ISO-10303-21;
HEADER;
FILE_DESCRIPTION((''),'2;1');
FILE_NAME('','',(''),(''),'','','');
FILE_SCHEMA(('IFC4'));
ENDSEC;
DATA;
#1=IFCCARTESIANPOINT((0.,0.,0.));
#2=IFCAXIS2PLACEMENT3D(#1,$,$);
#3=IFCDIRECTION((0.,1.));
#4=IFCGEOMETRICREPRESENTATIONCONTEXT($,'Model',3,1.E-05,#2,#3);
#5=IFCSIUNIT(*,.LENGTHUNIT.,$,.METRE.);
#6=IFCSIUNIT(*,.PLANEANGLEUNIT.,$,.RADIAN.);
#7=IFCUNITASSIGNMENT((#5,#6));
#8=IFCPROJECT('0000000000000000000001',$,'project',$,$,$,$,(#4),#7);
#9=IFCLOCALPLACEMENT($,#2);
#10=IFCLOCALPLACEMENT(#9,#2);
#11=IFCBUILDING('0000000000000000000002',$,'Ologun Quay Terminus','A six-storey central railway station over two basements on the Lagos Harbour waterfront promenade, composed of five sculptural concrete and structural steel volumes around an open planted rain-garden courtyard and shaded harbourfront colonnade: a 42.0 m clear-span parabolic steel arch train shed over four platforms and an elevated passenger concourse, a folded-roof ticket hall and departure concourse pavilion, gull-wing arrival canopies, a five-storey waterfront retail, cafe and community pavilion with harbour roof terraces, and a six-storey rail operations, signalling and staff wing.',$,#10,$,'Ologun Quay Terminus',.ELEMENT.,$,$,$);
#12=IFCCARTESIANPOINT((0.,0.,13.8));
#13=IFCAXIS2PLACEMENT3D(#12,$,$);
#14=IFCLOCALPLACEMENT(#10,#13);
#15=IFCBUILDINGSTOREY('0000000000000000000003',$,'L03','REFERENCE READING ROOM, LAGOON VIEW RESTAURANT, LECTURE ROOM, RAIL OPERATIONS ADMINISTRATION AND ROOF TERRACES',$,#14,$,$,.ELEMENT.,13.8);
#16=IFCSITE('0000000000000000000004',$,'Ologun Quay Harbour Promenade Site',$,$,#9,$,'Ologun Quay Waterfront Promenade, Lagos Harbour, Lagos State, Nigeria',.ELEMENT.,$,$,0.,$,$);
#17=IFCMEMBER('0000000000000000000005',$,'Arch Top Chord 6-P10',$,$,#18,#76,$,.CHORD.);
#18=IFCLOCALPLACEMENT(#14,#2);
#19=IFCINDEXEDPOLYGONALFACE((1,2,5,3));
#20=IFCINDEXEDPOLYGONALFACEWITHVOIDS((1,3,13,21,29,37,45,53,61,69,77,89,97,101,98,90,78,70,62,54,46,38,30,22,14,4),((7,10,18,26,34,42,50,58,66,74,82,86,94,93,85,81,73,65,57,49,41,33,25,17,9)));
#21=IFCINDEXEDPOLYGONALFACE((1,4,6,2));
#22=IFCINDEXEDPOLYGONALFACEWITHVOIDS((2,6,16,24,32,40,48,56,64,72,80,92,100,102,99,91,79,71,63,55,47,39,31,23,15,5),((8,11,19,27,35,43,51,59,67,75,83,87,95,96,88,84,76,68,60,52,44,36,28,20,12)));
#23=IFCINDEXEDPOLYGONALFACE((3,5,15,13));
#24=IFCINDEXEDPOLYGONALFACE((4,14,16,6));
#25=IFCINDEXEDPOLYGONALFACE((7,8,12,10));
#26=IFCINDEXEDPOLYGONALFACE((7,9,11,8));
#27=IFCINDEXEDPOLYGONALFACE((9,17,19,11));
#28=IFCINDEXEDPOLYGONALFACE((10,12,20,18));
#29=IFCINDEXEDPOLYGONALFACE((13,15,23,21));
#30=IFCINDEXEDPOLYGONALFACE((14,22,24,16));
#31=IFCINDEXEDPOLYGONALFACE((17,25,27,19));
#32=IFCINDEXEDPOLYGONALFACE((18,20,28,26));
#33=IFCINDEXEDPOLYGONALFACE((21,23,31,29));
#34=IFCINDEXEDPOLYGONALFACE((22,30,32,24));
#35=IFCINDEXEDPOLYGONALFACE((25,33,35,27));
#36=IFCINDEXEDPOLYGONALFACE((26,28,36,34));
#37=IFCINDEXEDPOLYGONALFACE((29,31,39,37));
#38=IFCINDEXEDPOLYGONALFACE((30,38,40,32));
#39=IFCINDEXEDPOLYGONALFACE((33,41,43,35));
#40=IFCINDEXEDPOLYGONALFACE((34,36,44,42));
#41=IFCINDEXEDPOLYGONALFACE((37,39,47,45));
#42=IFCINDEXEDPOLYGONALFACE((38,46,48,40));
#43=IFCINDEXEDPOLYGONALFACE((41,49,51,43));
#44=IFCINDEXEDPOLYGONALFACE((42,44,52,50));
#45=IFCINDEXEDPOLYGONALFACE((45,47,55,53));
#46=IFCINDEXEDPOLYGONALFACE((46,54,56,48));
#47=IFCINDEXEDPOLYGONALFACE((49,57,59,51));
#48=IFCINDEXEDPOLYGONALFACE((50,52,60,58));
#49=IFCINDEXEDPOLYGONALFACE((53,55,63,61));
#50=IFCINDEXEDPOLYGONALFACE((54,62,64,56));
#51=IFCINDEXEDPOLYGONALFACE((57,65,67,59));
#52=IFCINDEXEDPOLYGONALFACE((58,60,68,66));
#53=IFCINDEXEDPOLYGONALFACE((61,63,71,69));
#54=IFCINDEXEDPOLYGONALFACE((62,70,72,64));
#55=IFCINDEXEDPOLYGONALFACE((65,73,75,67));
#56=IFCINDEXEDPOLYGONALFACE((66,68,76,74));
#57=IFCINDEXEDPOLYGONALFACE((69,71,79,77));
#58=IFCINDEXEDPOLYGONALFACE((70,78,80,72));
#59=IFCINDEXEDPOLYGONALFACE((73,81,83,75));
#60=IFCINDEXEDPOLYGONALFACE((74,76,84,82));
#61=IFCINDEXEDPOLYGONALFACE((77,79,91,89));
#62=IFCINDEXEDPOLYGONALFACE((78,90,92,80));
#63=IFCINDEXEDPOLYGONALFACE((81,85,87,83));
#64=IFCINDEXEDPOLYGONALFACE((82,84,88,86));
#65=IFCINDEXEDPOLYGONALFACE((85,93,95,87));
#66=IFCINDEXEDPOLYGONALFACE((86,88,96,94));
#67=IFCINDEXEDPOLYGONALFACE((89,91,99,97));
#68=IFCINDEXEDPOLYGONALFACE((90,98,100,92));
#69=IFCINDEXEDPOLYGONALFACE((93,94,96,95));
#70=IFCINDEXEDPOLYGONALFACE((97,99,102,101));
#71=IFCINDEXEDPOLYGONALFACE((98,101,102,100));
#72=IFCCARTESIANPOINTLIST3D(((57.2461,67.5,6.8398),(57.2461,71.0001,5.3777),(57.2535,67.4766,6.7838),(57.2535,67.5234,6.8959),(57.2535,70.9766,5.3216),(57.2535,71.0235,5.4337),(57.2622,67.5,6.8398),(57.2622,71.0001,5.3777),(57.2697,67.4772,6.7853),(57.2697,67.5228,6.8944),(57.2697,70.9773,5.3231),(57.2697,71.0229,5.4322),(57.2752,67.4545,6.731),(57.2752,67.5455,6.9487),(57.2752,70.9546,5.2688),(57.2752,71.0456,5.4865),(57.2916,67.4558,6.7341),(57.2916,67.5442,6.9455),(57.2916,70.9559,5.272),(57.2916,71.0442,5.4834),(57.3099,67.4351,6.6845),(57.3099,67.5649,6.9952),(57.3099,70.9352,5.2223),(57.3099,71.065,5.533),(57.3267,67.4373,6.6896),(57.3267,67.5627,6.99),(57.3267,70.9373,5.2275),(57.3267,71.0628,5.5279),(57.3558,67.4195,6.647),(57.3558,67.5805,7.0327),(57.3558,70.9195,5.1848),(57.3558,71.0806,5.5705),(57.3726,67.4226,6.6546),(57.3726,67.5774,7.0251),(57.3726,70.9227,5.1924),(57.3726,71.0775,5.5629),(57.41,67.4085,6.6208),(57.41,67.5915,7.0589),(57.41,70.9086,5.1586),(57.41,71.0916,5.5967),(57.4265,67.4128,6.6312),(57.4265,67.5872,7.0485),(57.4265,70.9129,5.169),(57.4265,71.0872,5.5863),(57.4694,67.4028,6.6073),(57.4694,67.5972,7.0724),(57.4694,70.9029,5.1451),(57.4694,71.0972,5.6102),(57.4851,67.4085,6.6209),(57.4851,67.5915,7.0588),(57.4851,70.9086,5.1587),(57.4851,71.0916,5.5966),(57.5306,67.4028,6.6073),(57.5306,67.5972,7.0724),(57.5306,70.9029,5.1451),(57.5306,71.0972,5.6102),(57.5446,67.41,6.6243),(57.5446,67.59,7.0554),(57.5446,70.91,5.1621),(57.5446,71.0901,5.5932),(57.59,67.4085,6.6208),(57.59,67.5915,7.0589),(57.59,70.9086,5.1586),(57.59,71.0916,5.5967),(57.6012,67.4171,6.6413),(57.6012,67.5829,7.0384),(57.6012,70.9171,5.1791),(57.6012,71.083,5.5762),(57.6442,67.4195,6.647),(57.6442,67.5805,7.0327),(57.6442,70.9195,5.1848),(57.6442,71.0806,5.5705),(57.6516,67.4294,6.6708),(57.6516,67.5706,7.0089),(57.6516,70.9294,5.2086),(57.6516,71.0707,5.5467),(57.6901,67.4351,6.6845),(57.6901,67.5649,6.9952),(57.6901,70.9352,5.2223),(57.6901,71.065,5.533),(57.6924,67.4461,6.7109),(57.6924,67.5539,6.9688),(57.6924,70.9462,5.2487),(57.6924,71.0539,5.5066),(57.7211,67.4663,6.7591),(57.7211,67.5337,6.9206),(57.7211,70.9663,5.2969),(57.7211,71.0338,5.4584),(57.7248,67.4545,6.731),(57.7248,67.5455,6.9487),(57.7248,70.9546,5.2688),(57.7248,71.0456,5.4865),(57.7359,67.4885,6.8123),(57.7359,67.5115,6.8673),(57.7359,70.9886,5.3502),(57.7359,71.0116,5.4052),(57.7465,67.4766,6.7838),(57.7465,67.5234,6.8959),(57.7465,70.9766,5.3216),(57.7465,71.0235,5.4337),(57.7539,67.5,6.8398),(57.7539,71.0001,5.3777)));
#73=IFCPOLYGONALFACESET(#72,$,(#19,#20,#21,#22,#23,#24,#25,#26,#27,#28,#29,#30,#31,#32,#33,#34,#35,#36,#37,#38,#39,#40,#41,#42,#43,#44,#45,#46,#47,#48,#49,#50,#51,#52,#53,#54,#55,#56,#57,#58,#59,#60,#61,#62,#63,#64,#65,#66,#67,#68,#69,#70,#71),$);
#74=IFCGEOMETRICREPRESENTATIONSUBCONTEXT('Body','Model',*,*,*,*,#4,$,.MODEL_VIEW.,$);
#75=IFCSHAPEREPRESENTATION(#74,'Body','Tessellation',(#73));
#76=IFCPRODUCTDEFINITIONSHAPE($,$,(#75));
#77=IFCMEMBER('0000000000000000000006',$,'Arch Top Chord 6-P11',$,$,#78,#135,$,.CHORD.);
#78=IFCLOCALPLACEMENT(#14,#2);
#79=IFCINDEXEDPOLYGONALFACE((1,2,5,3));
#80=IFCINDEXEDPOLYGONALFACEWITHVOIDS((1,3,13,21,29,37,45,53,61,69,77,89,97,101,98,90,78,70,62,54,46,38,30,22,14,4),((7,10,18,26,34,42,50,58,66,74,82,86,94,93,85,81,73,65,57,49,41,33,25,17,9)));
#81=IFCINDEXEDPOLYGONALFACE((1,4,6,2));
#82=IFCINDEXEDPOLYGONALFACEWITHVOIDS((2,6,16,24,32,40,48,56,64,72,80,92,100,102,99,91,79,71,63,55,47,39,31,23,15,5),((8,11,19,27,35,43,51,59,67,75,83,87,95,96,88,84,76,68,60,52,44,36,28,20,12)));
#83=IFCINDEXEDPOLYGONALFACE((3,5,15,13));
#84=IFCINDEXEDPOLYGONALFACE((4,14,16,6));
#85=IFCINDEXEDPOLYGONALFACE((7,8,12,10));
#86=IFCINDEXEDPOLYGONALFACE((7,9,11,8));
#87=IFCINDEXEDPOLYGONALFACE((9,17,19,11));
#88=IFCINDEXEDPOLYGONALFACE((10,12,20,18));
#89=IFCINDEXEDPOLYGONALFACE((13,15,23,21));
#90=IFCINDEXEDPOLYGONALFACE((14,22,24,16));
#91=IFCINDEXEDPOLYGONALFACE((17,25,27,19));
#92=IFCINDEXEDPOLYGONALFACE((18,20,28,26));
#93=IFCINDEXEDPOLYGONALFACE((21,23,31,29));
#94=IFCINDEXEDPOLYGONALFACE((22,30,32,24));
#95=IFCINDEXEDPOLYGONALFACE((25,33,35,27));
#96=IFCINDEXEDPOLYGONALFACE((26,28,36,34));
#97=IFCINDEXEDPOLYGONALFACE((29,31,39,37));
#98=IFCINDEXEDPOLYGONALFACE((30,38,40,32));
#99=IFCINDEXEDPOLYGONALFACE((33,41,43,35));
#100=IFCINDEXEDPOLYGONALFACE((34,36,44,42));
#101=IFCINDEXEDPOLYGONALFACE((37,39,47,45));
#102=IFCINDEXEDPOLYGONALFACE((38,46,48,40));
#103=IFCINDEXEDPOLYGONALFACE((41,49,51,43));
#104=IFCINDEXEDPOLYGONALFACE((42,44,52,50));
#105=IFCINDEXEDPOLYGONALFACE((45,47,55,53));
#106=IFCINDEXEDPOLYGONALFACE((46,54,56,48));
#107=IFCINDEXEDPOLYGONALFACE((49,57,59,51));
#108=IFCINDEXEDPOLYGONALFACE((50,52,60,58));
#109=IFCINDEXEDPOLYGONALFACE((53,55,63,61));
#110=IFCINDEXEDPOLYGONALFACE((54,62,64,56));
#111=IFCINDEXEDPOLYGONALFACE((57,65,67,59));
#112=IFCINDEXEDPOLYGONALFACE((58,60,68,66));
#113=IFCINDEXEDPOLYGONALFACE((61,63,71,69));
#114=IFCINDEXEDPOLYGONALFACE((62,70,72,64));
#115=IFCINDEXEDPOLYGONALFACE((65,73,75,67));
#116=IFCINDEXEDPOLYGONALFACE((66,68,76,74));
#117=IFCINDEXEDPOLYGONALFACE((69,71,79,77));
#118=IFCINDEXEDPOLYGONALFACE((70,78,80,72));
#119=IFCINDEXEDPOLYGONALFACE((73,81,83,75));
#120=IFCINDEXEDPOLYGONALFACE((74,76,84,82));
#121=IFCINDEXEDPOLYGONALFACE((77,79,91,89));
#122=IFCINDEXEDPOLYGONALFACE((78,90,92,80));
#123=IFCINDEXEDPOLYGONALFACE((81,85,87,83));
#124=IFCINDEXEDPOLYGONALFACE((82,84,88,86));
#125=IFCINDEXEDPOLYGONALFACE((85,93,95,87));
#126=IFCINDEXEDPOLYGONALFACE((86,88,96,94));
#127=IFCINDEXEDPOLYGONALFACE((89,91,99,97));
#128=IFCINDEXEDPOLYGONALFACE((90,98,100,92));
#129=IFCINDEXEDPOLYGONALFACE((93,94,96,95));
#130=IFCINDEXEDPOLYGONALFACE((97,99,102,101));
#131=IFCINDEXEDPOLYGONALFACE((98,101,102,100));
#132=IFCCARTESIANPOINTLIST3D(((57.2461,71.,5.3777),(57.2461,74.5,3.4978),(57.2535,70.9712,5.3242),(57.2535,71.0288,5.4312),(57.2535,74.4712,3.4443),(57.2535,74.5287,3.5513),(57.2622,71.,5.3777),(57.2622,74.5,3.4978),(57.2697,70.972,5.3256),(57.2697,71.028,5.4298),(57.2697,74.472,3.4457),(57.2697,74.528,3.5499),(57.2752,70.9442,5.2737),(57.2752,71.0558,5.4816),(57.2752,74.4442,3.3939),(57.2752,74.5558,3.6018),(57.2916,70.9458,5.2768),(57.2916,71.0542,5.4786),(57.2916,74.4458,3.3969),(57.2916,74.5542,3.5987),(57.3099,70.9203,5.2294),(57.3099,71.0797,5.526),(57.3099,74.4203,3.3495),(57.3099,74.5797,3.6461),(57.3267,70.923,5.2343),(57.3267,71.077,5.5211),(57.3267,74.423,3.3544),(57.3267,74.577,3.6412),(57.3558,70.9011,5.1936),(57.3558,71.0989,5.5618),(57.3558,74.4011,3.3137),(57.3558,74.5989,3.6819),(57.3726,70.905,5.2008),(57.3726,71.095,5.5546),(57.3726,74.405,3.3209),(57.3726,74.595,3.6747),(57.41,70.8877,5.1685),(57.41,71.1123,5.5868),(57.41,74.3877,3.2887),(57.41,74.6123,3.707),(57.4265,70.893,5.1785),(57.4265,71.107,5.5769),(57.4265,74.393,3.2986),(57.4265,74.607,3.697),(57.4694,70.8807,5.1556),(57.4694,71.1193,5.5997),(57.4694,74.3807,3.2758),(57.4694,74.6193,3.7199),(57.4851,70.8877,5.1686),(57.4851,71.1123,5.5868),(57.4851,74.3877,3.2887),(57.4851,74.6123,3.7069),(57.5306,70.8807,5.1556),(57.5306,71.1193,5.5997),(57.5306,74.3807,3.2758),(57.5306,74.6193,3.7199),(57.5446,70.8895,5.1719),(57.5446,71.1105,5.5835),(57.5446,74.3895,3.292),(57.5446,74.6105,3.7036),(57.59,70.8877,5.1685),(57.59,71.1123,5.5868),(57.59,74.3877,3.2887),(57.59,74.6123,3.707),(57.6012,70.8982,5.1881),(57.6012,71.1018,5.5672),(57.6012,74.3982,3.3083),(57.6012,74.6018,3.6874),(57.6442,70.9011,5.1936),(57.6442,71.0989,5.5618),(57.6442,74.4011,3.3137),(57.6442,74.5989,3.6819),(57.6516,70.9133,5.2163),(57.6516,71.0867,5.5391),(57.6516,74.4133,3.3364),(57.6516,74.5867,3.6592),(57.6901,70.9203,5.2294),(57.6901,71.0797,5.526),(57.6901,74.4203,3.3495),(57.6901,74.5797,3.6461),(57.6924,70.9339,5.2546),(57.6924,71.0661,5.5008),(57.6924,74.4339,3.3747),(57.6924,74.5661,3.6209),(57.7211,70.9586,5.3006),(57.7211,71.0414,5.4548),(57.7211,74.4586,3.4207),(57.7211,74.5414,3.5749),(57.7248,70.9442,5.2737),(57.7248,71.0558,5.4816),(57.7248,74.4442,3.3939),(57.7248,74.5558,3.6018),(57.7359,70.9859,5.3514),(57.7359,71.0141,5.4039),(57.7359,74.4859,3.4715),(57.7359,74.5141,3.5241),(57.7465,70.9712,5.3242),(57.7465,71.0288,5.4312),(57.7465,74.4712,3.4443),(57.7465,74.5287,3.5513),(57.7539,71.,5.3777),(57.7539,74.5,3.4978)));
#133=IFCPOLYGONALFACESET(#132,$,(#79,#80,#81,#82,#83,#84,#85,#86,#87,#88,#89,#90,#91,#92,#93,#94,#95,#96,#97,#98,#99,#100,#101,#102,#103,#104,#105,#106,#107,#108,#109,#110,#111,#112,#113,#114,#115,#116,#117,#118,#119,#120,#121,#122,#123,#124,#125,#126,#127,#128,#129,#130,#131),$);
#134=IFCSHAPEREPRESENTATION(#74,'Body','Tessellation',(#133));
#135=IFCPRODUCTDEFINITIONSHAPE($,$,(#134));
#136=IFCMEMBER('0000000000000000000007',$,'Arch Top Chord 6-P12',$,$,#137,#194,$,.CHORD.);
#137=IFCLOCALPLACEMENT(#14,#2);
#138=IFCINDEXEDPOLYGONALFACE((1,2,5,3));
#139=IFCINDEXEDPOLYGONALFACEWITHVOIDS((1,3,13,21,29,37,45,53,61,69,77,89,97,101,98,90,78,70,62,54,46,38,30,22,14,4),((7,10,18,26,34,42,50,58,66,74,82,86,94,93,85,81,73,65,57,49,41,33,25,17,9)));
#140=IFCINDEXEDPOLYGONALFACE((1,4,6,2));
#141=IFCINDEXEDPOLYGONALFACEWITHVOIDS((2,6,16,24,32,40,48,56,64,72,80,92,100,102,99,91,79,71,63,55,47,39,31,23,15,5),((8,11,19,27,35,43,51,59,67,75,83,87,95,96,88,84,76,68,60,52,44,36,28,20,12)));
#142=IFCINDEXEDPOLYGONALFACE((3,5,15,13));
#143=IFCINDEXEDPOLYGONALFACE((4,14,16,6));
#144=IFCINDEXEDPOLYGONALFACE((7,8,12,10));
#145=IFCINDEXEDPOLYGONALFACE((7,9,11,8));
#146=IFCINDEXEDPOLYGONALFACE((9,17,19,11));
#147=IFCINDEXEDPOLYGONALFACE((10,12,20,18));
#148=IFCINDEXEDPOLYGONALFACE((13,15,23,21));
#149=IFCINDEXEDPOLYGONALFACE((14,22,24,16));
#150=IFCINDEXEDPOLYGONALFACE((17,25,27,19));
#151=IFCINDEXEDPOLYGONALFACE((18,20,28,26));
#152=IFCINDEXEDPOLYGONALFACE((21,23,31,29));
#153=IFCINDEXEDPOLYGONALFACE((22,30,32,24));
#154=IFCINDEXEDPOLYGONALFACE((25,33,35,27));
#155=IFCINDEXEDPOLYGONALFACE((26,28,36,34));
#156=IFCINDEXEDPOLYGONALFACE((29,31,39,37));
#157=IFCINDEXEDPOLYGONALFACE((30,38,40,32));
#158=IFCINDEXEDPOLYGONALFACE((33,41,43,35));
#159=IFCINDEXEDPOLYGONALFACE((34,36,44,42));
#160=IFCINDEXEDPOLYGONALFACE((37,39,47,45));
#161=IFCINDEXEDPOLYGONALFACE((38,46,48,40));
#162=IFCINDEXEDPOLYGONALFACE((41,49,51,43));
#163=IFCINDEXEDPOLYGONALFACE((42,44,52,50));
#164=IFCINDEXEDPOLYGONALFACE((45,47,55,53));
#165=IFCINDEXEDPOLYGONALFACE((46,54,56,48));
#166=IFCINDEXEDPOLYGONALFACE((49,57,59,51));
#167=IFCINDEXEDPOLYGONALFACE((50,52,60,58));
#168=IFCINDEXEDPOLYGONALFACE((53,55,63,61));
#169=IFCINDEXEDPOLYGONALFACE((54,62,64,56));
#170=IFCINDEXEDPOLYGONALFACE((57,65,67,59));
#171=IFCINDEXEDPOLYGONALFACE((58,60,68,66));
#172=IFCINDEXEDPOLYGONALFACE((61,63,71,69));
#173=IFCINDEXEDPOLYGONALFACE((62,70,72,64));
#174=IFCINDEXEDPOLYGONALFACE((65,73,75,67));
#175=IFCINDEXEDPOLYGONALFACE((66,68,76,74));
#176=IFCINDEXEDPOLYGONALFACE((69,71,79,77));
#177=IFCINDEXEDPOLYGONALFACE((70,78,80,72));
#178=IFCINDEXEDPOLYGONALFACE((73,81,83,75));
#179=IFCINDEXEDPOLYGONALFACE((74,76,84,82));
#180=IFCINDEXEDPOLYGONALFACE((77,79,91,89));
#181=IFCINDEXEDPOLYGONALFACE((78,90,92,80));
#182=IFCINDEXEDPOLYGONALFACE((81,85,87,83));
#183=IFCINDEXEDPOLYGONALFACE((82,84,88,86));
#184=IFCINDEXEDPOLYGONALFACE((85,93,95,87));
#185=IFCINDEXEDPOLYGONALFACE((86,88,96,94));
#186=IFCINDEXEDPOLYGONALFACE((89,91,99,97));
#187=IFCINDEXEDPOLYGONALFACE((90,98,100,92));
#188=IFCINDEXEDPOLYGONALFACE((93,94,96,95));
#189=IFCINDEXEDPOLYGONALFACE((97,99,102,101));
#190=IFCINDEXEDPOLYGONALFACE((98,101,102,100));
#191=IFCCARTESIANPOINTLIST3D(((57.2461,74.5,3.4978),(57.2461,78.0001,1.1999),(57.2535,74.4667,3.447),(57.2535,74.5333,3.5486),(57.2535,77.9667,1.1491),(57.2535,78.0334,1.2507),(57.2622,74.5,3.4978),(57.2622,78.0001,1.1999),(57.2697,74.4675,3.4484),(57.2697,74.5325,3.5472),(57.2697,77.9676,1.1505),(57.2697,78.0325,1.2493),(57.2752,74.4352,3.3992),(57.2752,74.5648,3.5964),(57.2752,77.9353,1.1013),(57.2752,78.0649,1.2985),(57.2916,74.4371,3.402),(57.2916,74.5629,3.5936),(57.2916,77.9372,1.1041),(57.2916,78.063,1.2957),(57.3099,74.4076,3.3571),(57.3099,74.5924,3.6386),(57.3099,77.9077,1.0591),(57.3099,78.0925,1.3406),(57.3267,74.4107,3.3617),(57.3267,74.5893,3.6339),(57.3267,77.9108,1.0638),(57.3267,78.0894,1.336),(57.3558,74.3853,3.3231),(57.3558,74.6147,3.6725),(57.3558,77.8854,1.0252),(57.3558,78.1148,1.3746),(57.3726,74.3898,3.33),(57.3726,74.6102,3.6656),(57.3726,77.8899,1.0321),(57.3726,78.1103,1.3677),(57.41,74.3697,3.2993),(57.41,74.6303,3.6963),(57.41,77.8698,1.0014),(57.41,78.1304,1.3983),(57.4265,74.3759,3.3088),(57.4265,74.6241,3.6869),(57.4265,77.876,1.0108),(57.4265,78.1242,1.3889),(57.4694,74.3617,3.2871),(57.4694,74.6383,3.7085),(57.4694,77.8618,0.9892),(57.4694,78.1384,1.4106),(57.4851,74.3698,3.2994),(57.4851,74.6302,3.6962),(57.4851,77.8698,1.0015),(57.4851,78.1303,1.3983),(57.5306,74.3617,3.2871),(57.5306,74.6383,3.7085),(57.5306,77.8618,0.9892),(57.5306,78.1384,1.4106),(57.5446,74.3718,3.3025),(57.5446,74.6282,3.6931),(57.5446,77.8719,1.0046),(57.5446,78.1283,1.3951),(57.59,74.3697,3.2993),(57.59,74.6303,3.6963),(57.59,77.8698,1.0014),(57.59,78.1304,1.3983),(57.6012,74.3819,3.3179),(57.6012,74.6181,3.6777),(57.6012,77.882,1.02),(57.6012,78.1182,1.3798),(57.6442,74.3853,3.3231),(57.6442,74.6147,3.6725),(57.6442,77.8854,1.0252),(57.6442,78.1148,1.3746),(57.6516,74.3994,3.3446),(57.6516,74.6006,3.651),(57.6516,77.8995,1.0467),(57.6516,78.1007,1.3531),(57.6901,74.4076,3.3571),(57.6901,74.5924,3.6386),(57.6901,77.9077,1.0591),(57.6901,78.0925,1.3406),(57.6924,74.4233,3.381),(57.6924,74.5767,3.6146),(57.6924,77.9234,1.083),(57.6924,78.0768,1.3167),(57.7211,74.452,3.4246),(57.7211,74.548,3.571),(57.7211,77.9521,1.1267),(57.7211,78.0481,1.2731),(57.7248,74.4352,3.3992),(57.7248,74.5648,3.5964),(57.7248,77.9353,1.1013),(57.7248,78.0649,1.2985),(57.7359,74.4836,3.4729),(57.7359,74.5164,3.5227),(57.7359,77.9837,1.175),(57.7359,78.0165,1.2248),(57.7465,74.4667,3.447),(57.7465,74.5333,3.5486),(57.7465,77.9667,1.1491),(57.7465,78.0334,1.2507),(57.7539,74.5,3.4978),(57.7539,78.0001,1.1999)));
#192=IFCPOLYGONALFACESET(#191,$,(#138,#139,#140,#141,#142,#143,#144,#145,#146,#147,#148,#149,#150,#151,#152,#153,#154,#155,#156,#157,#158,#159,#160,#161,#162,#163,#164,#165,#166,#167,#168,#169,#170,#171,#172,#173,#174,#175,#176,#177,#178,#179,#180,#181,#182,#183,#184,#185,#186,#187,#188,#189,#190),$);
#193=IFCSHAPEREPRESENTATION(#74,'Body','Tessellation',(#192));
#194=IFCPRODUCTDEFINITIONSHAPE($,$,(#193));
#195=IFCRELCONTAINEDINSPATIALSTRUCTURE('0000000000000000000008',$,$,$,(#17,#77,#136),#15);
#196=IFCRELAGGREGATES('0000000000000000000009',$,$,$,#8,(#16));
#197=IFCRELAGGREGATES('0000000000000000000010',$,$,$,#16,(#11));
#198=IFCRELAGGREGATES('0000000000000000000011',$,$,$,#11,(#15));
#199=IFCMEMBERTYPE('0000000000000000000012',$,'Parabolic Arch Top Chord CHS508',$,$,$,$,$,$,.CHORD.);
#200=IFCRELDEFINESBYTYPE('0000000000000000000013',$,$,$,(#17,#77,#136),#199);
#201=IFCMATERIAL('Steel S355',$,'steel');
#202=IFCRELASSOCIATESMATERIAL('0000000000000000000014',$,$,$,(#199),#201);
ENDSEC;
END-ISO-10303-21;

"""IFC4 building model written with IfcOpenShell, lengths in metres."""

from ifc_helpers import new_model, si_unit, direction, frame, origin, origin_2d, place, context, subcontext, project, spatial, hollow_circle, extrude, material, material_profile, profile_set, type_object, element, save


model = new_model("IFC4")

# Units and contexts
model_context = context("Model", 3, precision=1e-05, world=origin(), true_north=direction((0.0, 1.0)))
body_context = subcontext(model_context, "Body", "Model", "MODEL_VIEW")
ifc_project = project(units=[si_unit("LENGTHUNIT", "METRE"), si_unit("PLANEANGLEUNIT", "RADIAN")], contexts=[model_context])

# Site, building, storey
site_placement = place(None, origin())
site = spatial("IfcSite", under=ifc_project, at=site_placement, Name="Ologun Quay Harbour Promenade Site", LongName="Ologun Quay Waterfront Promenade, Lagos Harbour, Lagos State, Nigeria", CompositionType="ELEMENT", RefElevation=0.0)
building_placement = place(site_placement, origin())
building = spatial("IfcBuilding", under=site, at=building_placement, Name="Ologun Quay Terminus", Description="A six-storey central railway station over two basements on the Lagos Harbour waterfront promenade, composed of five sculptural concrete and structural steel volumes around an open planted rain-garden courtyard and shaded harbourfront colonnade: a 42.0 m clear-span parabolic steel arch train shed over four platforms and an elevated passenger concourse, a folded-roof ticket hall and departure concourse pavilion, gull-wing arrival canopies, a five-storey waterfront retail, cafe and community pavilion with harbour roof terraces, and a six-storey rail operations, signalling and staff wing.", LongName="Ologun Quay Terminus", CompositionType="ELEMENT")
storey_placement = place(building_placement, frame((0.0, 0.0, 13.8)))
storey = spatial("IfcBuildingStorey", under=building, at=storey_placement, Name="L03", Description="REFERENCE READING ROOM, LAGOON VIEW RESTAURANT, LECTURE ROOM, RAIL OPERATIONS ADMINISTRATION AND ROOF TERRACES", CompositionType="ELEMENT", Elevation=13.8)

# Members
ifc_material_1 = material(Name="Steel S355", Category="steel")
ifc_material_profile_1 = material_profile(ifc_material_1, hollow_circle(Radius=0.2539, WallThickness=0.0161, at=origin_2d()), Name="CHS 508x16")
ifc_profile_set_1 = profile_set([ifc_material_profile_1], Name="Steel S355")
member_type_1 = type_object("IfcMemberType", Name="Parabolic Arch Top Chord CHS508", PredefinedType="CHORD", material=ifc_profile_set_1)
member_1_placement = place(storey_placement, frame((57.5, 67.5, 6.8398), z_axis=(0.0, 0.922719, -0.385474), x_axis=(-1.0, 0.0, 0.0)))
element("IfcMember", 1, at=member_1_placement, inside=storey, type_object=member_type_1, Name="Arch Top Chord 6-P10", PredefinedType="CHORD", context=body_context, shape_type="SweptSolid", body=[
    extrude(hollow_circle(Radius=0.2539, WallThickness=0.0161, at=origin_2d()), origin(), (0.0, 0.0, 1.0), 3.7932),
])
member_2_placement = place(storey_placement, frame((57.5, 71.0, 5.3777), z_axis=(0.0, 0.880968, -0.473176), x_axis=(-1.0, 0.0, 0.0)))
element("IfcMember", 2, at=member_2_placement, inside=storey, type_object=member_type_1, Name="Arch Top Chord 6-P11", PredefinedType="CHORD", context=body_context, shape_type="SweptSolid", body=[
    extrude(hollow_circle(Radius=0.2539, WallThickness=0.0161, at=origin_2d()), origin(), (0.0, 0.0, 1.0), 3.9729),
])
member_3_placement = place(storey_placement, frame((57.5, 74.5, 3.4978), z_axis=(0.0, 0.835941, -0.548819), x_axis=(-1.0, 0.0, 0.0)))
element("IfcMember", 3, at=member_3_placement, inside=storey, type_object=member_type_1, Name="Arch Top Chord 6-P12", PredefinedType="CHORD", context=body_context, shape_type="SweptSolid", body=[
    extrude(hollow_circle(Radius=0.2539, WallThickness=0.0161, at=origin_2d()), origin(), (0.0, 0.0, 1.0), 4.187),
])

save(model, "model.ifc")
